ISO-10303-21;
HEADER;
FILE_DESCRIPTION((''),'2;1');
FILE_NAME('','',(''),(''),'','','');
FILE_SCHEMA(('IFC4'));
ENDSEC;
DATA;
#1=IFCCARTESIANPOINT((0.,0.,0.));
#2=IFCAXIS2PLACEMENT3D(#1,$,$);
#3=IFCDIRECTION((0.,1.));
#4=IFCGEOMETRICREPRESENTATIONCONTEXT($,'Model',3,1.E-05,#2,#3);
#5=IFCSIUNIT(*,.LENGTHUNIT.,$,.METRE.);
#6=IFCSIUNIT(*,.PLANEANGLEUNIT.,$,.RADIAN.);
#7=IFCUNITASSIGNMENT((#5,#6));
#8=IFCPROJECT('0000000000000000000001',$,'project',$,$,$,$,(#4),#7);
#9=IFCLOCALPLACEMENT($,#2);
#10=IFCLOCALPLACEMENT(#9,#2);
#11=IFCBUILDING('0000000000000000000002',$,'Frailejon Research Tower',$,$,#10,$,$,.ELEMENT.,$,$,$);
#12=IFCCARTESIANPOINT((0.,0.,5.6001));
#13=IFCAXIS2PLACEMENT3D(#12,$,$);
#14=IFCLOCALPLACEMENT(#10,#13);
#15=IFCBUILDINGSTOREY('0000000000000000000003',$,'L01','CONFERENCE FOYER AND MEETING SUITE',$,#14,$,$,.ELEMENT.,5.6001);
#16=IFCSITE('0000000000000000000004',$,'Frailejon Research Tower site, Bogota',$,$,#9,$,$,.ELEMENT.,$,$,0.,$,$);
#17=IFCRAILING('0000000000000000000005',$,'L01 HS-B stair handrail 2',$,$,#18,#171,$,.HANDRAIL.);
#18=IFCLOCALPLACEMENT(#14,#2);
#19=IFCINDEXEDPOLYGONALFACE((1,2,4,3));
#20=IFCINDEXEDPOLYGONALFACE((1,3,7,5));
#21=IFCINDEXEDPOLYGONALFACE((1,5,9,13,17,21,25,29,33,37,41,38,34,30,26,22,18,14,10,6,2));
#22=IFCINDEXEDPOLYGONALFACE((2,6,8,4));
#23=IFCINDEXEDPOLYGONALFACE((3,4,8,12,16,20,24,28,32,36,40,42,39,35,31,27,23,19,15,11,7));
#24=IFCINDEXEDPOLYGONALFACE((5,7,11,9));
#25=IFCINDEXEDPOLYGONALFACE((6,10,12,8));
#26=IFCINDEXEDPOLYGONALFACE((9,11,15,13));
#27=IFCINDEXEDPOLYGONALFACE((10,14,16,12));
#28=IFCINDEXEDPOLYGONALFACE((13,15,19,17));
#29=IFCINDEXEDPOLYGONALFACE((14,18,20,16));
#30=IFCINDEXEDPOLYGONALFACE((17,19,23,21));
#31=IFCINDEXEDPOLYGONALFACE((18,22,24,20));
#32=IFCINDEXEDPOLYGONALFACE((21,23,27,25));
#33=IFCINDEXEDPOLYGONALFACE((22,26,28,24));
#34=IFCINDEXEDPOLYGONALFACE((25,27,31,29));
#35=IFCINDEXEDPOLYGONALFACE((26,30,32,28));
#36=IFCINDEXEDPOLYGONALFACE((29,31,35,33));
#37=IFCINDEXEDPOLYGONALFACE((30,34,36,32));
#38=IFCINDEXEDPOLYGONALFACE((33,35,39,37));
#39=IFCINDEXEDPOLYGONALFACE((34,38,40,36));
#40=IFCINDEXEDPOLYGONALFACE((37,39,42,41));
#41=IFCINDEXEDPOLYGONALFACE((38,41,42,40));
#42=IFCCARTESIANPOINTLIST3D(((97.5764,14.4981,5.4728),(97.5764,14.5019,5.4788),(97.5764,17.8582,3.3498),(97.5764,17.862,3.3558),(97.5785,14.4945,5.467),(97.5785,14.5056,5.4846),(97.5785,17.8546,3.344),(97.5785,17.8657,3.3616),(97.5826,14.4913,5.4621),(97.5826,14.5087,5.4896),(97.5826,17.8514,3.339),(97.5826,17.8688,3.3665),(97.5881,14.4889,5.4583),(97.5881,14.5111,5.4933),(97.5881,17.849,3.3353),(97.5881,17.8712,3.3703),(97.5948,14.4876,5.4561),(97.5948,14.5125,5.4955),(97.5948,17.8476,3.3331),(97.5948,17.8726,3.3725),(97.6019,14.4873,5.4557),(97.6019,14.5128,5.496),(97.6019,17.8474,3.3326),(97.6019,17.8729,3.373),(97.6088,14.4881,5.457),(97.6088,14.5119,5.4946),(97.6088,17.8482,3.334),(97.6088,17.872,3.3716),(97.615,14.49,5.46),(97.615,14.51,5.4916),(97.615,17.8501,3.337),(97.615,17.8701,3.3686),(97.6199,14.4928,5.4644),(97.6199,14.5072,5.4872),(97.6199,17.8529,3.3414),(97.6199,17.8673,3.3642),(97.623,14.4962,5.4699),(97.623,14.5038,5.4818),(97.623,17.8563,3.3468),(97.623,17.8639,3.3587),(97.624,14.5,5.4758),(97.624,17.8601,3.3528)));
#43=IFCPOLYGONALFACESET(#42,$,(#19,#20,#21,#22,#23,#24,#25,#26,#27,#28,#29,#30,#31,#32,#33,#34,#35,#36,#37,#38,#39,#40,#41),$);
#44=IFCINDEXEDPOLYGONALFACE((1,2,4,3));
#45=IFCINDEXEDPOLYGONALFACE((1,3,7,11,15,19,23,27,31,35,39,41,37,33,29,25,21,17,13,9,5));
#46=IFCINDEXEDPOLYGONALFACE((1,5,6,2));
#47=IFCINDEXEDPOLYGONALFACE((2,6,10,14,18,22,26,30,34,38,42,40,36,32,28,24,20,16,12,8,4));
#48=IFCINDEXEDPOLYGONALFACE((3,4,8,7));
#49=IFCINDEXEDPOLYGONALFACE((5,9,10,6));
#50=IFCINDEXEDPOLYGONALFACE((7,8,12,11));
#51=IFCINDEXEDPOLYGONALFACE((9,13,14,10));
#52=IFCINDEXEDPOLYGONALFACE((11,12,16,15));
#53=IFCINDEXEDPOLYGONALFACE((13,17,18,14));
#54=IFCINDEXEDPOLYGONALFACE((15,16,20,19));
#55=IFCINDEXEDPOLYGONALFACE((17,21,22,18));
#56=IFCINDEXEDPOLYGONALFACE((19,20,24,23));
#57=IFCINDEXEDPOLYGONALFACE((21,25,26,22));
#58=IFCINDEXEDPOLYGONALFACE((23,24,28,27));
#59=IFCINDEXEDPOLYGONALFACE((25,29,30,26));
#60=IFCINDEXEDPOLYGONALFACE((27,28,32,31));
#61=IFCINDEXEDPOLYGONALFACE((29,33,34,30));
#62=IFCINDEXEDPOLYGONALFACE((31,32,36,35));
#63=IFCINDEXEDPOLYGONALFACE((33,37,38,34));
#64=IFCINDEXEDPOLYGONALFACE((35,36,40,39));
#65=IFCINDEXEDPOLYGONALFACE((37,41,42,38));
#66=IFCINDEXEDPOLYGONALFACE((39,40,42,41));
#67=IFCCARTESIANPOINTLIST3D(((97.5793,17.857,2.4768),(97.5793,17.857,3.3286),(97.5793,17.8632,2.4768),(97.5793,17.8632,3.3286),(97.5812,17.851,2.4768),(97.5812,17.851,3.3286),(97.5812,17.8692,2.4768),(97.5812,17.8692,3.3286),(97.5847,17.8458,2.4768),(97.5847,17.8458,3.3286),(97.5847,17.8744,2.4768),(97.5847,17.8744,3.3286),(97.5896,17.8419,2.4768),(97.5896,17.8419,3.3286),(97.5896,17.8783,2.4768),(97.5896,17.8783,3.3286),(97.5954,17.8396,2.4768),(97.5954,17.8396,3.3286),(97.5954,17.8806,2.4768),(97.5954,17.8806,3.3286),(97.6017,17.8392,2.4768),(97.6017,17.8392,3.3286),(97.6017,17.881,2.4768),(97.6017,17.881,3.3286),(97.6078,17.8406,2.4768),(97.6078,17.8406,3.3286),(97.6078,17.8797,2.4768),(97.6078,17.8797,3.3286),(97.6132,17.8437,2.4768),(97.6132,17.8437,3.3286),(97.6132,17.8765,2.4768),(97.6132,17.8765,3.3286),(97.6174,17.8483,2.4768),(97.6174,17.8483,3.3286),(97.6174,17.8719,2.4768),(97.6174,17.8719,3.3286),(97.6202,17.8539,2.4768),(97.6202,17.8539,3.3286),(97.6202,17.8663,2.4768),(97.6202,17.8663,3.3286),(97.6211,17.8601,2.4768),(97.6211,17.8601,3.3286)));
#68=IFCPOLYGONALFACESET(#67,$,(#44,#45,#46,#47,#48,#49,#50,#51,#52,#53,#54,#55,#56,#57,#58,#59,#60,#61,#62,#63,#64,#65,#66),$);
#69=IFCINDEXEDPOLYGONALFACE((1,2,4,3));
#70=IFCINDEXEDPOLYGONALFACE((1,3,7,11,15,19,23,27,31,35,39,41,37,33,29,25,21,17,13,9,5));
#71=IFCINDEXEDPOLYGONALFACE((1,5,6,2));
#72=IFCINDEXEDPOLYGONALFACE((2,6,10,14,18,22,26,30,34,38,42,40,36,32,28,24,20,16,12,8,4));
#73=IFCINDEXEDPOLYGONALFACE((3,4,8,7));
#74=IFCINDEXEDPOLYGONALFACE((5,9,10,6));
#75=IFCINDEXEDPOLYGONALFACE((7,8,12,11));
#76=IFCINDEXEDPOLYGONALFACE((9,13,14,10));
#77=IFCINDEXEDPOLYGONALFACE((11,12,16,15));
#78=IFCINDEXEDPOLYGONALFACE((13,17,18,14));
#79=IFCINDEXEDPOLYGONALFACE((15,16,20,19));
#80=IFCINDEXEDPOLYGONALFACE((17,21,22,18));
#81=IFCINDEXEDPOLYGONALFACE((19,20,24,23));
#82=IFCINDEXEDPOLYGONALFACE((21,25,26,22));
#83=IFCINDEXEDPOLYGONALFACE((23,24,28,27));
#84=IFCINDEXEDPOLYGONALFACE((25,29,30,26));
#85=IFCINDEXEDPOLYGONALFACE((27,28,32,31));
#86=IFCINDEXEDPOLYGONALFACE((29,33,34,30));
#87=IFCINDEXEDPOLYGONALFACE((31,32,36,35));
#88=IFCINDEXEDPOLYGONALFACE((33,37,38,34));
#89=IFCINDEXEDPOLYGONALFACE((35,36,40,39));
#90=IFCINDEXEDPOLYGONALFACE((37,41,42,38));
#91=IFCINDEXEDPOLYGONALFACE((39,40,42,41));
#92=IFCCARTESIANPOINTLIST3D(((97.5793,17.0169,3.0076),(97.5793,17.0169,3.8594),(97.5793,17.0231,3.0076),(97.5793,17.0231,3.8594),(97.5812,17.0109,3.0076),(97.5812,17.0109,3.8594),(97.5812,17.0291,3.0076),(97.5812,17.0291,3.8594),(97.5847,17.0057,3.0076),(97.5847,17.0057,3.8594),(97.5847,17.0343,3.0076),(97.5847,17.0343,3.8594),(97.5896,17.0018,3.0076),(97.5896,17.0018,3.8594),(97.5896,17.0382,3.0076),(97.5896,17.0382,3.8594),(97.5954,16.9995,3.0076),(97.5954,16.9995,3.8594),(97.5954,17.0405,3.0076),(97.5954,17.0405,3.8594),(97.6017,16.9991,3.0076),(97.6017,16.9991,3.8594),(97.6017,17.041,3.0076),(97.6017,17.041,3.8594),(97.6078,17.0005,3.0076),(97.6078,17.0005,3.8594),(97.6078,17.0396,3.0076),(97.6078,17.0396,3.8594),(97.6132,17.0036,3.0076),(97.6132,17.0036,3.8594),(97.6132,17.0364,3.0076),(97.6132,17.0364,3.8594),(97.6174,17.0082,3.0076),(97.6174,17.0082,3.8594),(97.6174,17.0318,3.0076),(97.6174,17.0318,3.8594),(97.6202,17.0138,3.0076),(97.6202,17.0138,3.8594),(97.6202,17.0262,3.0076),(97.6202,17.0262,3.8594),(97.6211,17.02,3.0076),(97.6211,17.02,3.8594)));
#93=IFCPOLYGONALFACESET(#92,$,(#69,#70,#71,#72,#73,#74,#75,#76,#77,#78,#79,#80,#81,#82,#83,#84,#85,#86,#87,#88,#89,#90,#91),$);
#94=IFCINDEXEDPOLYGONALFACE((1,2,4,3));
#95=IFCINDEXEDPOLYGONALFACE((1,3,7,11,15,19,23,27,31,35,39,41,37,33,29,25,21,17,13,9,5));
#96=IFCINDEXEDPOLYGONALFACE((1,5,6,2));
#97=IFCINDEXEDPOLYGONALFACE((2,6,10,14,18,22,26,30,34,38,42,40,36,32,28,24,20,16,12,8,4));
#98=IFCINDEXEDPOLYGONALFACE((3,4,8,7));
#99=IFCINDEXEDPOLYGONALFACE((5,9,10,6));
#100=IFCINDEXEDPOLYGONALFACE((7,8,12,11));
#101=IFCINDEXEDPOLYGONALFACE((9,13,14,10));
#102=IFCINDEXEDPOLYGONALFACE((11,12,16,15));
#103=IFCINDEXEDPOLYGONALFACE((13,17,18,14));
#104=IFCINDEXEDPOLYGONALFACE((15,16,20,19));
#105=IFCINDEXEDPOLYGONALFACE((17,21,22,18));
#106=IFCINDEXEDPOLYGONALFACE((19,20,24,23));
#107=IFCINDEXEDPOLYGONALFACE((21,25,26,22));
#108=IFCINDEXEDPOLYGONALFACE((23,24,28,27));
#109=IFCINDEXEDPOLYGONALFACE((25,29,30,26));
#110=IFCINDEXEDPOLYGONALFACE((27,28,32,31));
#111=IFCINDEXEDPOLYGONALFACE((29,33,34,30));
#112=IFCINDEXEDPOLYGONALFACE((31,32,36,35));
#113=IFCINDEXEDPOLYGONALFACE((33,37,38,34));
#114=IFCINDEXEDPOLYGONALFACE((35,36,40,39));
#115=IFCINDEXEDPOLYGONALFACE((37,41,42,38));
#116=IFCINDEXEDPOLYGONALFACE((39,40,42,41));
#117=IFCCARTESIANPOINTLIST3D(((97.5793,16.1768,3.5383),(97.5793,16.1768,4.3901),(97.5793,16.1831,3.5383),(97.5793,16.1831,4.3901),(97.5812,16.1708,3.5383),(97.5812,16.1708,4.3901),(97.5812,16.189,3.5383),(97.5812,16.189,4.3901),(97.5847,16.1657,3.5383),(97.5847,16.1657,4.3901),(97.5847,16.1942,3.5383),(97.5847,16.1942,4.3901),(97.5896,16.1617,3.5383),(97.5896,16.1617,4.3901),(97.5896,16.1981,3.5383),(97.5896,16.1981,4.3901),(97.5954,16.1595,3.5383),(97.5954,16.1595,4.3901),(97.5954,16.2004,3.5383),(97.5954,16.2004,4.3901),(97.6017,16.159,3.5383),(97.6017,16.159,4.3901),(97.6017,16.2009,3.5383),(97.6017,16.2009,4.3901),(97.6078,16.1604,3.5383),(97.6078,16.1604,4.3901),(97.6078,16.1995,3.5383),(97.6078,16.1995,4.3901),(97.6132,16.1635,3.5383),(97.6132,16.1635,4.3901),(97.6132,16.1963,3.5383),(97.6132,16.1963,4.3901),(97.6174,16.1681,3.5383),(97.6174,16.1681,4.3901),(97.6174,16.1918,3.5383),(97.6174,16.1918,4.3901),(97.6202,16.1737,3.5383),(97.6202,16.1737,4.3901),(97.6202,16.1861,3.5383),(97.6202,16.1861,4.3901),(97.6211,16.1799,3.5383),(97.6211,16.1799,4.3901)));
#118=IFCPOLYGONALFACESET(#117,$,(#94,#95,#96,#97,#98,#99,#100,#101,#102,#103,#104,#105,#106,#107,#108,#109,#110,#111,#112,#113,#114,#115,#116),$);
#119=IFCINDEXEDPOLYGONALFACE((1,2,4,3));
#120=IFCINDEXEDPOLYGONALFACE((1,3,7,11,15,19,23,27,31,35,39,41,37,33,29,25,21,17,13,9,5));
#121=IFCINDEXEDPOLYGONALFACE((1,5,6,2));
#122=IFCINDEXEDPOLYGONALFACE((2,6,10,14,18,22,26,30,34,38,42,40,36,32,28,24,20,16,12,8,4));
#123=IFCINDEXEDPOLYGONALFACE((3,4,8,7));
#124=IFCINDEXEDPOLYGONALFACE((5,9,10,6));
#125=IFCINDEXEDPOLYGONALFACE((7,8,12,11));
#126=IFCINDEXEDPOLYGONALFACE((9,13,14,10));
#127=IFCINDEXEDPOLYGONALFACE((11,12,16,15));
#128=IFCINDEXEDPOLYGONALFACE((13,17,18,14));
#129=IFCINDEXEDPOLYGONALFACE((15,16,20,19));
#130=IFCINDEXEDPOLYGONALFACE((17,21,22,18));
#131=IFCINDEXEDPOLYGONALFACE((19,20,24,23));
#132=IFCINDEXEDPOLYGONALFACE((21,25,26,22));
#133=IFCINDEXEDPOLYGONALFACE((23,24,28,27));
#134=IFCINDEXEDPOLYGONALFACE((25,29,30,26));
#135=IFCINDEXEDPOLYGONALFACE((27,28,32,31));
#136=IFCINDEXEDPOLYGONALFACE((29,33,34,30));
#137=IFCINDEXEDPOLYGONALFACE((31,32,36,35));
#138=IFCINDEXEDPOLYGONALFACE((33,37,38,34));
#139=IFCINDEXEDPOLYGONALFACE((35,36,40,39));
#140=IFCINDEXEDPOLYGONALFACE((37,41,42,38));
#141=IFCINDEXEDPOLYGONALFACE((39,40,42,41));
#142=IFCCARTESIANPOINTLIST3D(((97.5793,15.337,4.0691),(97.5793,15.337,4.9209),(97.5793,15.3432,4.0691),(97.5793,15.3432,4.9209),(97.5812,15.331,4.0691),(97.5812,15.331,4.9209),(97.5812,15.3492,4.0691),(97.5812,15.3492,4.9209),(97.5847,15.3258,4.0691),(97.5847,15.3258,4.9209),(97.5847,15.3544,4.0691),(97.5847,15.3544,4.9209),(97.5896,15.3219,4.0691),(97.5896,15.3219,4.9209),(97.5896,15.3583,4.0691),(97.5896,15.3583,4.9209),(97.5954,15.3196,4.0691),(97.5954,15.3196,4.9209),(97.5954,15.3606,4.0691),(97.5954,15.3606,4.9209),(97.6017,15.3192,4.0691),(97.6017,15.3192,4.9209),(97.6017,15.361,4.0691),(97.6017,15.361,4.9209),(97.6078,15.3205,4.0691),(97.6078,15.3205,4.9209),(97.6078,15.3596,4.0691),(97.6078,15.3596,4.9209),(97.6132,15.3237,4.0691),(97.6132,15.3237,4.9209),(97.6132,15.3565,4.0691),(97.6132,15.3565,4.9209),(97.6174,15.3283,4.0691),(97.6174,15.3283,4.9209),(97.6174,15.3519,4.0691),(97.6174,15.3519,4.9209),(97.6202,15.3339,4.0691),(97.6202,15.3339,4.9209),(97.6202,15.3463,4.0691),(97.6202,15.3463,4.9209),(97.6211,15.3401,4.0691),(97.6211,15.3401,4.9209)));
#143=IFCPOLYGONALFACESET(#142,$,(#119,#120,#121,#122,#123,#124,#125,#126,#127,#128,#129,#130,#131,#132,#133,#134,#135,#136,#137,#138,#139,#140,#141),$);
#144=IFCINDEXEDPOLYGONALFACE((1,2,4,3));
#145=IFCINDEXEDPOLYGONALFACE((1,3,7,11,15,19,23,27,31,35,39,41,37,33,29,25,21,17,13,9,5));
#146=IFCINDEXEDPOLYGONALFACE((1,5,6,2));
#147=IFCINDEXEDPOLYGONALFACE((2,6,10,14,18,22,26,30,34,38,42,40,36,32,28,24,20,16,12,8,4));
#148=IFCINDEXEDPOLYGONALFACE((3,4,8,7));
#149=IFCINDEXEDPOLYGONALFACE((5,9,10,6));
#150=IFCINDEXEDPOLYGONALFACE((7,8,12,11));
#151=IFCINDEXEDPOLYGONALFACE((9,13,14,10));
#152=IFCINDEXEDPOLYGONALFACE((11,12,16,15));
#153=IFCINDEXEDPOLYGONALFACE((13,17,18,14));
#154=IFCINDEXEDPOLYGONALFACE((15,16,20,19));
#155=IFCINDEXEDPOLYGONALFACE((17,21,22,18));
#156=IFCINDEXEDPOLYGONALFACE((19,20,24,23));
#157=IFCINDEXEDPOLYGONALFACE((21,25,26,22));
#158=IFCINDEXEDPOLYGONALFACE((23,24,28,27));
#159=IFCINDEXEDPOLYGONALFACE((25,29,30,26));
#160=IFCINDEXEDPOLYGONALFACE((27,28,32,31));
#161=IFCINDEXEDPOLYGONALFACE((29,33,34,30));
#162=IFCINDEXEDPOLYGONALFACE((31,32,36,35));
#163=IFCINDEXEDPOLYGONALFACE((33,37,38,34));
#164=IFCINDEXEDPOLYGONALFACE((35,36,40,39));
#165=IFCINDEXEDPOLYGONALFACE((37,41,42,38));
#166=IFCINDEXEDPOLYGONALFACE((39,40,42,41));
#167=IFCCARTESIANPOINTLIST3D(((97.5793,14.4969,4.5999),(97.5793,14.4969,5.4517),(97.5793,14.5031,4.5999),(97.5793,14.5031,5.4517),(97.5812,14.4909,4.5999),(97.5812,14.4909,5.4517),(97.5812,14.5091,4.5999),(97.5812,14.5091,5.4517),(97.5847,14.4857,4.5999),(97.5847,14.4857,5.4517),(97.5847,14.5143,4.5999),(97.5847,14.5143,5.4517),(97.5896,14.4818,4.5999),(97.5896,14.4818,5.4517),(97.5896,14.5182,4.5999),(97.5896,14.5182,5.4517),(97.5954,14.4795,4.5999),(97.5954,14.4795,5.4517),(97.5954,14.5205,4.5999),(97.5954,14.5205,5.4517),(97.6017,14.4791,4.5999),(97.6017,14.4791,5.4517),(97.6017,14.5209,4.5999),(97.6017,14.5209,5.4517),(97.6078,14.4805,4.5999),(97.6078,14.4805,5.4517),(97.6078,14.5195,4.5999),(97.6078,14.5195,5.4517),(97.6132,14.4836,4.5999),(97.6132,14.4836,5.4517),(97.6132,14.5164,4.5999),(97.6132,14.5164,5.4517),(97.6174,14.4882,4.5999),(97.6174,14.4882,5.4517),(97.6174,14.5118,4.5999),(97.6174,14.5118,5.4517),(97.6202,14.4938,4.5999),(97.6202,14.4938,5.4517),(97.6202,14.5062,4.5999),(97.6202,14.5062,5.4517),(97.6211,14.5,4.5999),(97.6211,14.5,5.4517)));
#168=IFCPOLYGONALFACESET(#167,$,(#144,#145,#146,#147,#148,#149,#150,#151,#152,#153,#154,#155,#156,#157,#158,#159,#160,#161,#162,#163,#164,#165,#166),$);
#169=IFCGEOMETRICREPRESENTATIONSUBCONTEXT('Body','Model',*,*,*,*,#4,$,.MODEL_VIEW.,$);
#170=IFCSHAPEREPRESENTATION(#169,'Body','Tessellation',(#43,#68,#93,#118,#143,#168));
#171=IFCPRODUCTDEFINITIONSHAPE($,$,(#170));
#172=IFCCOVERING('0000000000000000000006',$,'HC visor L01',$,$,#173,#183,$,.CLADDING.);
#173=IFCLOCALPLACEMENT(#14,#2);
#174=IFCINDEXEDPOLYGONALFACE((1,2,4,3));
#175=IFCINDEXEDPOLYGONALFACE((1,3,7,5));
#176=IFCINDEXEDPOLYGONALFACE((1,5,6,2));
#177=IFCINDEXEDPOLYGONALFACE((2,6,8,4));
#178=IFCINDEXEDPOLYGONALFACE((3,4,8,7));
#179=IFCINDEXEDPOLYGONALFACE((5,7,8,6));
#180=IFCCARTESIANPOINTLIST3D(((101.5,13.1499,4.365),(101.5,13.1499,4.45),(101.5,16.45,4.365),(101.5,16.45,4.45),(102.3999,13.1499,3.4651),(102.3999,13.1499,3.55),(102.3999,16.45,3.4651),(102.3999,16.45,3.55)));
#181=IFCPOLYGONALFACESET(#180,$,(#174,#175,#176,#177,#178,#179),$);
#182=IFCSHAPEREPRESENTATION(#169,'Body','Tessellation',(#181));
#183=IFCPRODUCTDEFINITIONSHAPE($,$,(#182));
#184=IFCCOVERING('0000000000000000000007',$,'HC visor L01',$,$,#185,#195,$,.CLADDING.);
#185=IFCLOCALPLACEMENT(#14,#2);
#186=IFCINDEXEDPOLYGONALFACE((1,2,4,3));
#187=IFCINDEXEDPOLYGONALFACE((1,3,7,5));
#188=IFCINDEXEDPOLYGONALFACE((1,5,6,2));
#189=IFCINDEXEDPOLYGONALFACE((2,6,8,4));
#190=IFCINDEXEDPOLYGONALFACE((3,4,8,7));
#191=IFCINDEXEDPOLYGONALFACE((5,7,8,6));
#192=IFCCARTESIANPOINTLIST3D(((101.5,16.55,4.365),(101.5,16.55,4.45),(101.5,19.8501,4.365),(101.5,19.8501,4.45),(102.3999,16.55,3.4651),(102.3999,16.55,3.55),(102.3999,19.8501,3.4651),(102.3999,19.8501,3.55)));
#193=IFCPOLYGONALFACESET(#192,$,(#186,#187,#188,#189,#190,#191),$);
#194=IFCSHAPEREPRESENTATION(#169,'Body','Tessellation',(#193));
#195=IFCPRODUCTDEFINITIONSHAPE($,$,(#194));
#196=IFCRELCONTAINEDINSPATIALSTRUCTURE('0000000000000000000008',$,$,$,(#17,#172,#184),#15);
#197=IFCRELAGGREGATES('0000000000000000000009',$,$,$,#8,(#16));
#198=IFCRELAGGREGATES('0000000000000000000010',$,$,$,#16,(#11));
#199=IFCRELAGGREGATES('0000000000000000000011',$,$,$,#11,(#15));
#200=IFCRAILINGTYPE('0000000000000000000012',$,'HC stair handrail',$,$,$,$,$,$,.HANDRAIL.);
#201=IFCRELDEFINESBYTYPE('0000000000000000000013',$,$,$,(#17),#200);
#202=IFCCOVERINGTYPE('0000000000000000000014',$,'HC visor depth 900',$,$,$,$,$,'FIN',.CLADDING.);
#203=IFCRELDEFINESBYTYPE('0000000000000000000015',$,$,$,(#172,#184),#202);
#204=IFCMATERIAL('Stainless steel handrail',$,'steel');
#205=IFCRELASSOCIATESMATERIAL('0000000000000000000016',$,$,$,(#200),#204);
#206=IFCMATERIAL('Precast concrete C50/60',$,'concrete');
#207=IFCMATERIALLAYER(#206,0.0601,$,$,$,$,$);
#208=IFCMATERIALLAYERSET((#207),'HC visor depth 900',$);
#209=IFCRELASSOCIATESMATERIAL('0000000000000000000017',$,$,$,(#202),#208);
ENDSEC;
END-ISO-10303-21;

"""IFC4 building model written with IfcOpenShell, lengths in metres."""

from ifc_helpers import new_model, si_unit, direction, frame, origin, origin_2d, place, context, subcontext, project, spatial, polyline, circle, outline, extrude, material, layer, layer_set, type_object, element, save


model = new_model("IFC4")

# Units and contexts
model_context = context("Model", 3, precision=1e-05, world=origin(), true_north=direction((0.0, 1.0)))
body_context = subcontext(model_context, "Body", "Model", "MODEL_VIEW")
ifc_project = project(units=[si_unit("LENGTHUNIT", "METRE"), si_unit("PLANEANGLEUNIT", "RADIAN")], contexts=[model_context])

# Site, building, storey
site_placement = place(None, origin())
site = spatial("IfcSite", under=ifc_project, at=site_placement, Name="Frailejon Research Tower site, Bogota", CompositionType="ELEMENT", RefElevation=0.0)
building_placement = place(site_placement, origin())
building = spatial("IfcBuilding", under=site, at=building_placement, Name="Frailejon Research Tower", CompositionType="ELEMENT")
storey_placement = place(building_placement, frame((0.0, 0.0, 5.6001)))
storey = spatial("IfcBuildingStorey", under=building, at=storey_placement, Name="L01", Description="CONFERENCE FOYER AND MEETING SUITE", CompositionType="ELEMENT", Elevation=5.6001)

# Railing
ifc_material_1 = material(Name="Stainless steel handrail", Category="steel")
railing_type_1 = type_object("IfcRailingType", Name="HC stair handrail", PredefinedType="HANDRAIL", material=ifc_material_1)
railing_1_placement = place(storey_placement, frame((97.6001, 17.8601, 2.4768)))
element("IfcRailing", 1, at=railing_1_placement, inside=storey, type_object=railing_type_1, Name="L01 HS-B stair handrail 2", PredefinedType="HANDRAIL", context=body_context, shape_type="SweptSolid", body=[
    extrude(circle(Radius=0.0239, at=origin_2d()), frame((0.0, 0.0, 0.876), z_axis=(0.0, -0.84539, 0.53415), x_axis=(1.0, 0.0, 0.0)), (0.0, 0.0, 1.0), 3.9746),
    extrude(circle(Radius=0.021, at=origin_2d()), origin(), (0.0, 0.0, 1.0), 0.8518),
    extrude(circle(Radius=0.021, at=origin_2d()), frame((0.0, -0.8401, 0.5308)), (0.0, 0.0, 1.0), 0.8518),
    extrude(circle(Radius=0.021, at=origin_2d()), frame((0.0, -1.6802, 1.0615)), (0.0, 0.0, 1.0), 0.8518),
    extrude(circle(Radius=0.021, at=origin_2d()), frame((0.0, -2.52, 1.5923)), (0.0, 0.0, 1.0), 0.8518),
    extrude(circle(Radius=0.021, at=origin_2d()), frame((0.0, -3.3601, 2.123)), (0.0, 0.0, 1.0), 0.8518),
])

# Coverings
ifc_material_2 = material(Name="Precast concrete C50/60", Category="concrete")
ifc_layer_1 = layer(ifc_material_2, 0.0601)
ifc_layer_set_1 = layer_set([ifc_layer_1], Name="HC visor depth 900")
covering_type = type_object("IfcCoveringType", Name="HC visor depth 900", ElementType="FIN", PredefinedType="CLADDING", material=ifc_layer_set_1)
for number, where, z_axis, x_axis, name in (
    (2, (101.5, 16.45, 4.45), (0.0, -1.0, 0.0), (1.0, 0.0, 0.0), "HC visor L01"),
    (3, (101.5, 19.8501, 4.45), (0.0, -1.0, 0.0), (1.0, 0.0, 0.0), "HC visor L01"),
):
    element("IfcCovering", number, at=place(storey_placement, frame(where, z_axis=z_axis, x_axis=x_axis)), inside=storey, type_object=covering_type, Name=name, PredefinedType="CLADDING", context=body_context, shape_type="SweptSolid", body=[
        extrude(outline(polyline([(0.0, -0.085), (0.8999, -0.9849), (0.8999, -0.8999), (0.0, 0.0), (0.0, -0.085)])), origin(), (0.0, 0.0, 1.0), 3.3),
    ])

save(model, "model.ifc")
